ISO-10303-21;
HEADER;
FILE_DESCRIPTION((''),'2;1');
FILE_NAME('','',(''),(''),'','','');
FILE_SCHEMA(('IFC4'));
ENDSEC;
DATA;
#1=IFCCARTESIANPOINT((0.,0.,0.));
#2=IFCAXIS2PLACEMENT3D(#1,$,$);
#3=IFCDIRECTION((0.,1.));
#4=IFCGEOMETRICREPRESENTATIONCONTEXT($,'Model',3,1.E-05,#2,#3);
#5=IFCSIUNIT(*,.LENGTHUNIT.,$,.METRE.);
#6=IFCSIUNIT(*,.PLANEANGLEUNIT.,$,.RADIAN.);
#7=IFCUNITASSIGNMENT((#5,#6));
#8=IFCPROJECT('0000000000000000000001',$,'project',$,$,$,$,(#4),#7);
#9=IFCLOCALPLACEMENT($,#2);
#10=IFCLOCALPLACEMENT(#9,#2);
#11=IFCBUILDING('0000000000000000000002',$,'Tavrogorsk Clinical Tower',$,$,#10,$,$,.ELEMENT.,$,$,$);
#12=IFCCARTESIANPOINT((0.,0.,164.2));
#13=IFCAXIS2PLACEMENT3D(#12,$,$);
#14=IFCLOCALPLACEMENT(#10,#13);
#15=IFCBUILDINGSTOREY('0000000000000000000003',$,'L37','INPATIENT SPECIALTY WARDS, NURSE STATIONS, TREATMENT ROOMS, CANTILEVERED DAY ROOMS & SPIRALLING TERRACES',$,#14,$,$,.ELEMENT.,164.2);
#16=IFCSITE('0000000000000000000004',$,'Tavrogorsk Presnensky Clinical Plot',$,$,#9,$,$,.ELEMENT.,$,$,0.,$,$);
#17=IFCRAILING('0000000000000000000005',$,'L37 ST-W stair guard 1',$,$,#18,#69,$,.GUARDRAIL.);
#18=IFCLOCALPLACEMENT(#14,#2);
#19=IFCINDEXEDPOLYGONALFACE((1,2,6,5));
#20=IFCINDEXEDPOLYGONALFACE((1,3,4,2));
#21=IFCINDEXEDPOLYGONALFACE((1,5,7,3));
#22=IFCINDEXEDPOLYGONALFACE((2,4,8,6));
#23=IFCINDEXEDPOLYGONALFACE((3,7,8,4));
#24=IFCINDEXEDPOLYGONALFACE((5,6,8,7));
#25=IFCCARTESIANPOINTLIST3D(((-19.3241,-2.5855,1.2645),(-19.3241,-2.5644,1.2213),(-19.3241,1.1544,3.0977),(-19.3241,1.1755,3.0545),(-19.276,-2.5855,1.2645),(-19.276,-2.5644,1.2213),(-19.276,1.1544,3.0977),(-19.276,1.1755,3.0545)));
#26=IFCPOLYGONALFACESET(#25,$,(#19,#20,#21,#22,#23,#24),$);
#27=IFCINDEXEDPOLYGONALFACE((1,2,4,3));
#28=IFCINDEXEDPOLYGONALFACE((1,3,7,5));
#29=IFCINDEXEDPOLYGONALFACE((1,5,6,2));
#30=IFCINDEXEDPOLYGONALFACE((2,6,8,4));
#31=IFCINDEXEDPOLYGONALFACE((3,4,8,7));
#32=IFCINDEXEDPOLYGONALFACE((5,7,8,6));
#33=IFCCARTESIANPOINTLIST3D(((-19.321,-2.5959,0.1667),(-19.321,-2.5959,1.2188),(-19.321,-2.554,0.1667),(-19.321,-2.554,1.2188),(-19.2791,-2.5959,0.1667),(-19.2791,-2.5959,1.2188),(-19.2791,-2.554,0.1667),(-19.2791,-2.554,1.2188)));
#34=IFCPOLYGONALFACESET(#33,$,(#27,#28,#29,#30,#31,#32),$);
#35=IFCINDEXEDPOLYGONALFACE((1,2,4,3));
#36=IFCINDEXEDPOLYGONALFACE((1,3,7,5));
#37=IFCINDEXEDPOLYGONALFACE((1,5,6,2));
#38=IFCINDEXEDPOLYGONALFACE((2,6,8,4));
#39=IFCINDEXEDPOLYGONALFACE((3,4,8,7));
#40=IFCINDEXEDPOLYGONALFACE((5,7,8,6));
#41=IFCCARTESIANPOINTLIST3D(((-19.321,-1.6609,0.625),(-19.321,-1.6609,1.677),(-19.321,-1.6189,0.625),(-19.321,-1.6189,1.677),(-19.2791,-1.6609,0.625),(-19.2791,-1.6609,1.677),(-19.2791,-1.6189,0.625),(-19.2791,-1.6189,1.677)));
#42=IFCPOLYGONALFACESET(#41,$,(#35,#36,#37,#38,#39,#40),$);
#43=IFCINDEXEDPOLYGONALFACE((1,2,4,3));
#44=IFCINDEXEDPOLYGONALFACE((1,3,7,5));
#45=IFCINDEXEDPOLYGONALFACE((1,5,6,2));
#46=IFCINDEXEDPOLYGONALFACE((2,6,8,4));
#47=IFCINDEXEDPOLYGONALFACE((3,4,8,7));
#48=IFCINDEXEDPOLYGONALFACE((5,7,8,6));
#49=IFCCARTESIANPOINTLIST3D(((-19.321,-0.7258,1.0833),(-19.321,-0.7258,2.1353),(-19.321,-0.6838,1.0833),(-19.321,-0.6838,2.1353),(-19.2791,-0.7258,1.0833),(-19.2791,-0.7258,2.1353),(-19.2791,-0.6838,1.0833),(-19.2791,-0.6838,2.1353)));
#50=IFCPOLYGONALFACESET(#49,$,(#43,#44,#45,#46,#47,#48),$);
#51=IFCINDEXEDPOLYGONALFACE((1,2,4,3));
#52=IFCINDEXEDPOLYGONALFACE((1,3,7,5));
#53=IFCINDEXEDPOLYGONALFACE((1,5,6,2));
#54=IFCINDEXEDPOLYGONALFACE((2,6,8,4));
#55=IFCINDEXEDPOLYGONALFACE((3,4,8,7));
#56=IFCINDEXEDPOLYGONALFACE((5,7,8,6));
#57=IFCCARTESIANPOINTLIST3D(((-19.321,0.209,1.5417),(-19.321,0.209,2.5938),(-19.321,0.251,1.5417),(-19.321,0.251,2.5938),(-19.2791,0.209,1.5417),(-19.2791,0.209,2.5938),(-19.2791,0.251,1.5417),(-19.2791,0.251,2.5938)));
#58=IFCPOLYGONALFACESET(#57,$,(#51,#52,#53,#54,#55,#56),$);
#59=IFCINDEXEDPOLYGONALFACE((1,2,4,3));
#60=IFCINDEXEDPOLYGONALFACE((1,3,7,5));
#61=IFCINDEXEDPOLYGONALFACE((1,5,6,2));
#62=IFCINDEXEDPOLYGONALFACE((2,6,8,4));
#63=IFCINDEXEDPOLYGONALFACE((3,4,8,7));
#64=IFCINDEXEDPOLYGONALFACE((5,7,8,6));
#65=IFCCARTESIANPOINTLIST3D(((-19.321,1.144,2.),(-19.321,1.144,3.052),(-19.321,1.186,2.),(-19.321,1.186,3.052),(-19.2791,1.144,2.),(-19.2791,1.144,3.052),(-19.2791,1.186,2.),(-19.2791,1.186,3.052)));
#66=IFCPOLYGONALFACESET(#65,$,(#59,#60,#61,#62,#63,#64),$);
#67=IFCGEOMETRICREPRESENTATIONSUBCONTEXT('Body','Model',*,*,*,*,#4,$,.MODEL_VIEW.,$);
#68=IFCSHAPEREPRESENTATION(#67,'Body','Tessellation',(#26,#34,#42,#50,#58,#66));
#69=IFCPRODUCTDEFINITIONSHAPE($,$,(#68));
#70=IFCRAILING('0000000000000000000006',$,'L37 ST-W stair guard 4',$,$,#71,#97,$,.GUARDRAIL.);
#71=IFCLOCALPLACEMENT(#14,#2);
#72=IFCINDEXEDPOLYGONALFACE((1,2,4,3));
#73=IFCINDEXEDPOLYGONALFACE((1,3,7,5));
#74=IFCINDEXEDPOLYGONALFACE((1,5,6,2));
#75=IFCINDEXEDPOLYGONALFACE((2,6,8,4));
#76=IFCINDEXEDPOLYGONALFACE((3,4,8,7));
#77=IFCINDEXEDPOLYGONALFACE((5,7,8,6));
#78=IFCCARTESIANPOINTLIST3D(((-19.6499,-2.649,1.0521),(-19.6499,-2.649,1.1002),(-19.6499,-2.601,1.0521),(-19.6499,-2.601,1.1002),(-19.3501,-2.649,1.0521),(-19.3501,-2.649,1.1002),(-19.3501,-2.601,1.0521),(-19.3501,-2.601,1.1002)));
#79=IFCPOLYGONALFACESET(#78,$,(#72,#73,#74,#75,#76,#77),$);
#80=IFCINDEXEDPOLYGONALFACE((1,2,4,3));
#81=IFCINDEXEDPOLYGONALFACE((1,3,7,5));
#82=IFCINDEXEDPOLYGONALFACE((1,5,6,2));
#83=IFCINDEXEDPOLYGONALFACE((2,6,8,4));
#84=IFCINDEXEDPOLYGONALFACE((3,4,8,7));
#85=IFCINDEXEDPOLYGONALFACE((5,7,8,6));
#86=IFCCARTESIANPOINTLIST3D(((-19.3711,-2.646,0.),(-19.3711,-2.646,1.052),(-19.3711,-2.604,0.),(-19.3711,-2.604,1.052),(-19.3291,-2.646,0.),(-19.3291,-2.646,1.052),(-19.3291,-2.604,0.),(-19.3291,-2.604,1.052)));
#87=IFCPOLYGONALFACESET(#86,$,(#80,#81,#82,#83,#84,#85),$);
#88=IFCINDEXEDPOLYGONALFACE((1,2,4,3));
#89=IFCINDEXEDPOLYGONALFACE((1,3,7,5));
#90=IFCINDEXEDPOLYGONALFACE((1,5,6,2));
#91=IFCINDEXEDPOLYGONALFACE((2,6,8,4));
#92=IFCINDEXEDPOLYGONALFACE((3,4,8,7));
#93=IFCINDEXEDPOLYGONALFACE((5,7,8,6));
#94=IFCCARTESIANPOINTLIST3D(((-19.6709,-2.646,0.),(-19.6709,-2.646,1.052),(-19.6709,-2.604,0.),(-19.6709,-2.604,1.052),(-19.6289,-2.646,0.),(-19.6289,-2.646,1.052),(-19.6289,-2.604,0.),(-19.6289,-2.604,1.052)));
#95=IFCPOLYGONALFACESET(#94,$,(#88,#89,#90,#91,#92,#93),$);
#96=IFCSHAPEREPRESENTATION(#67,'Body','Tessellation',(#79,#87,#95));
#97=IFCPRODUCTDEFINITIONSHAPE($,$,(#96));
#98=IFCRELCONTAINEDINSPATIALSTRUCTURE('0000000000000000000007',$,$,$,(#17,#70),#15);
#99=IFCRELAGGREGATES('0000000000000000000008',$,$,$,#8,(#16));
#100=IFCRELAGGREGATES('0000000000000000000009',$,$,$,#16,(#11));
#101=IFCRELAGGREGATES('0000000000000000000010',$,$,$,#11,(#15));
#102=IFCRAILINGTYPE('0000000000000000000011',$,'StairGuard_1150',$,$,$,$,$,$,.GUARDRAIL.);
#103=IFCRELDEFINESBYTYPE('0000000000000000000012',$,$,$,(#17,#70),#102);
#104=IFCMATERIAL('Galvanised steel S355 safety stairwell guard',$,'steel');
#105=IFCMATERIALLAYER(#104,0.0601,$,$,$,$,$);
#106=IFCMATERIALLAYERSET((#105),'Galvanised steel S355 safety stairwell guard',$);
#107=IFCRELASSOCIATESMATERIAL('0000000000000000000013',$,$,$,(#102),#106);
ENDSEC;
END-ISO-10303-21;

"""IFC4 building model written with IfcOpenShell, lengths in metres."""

from ifc_helpers import new_model, si_unit, direction, frame, origin, origin_2d, place, context, subcontext, project, spatial, rectangle, extrude, material, layer, layer_set, type_object, element, save


model = new_model("IFC4")

# Units and contexts
model_context = context("Model", 3, precision=1e-05, world=origin(), true_north=direction((0.0, 1.0)))
body_context = subcontext(model_context, "Body", "Model", "MODEL_VIEW")
ifc_project = project(units=[si_unit("LENGTHUNIT", "METRE"), si_unit("PLANEANGLEUNIT", "RADIAN")], contexts=[model_context])

# Site, building, storey
site_placement = place(None, origin())
site = spatial("IfcSite", under=ifc_project, at=site_placement, Name="Tavrogorsk Presnensky Clinical Plot", CompositionType="ELEMENT", RefElevation=0.0)
building_placement = place(site_placement, origin())
building = spatial("IfcBuilding", under=site, at=building_placement, Name="Tavrogorsk Clinical Tower", CompositionType="ELEMENT")
storey_placement = place(building_placement, frame((0.0, 0.0, 164.2)))
storey = spatial("IfcBuildingStorey", under=building, at=storey_placement, Name="L37", Description="INPATIENT SPECIALTY WARDS, NURSE STATIONS, TREATMENT ROOMS, CANTILEVERED DAY ROOMS & SPIRALLING TERRACES", CompositionType="ELEMENT", Elevation=164.2)

# Railings
ifc_material_1 = material(Name="Galvanised steel S355 safety stairwell guard", Category="steel")
ifc_layer_1 = layer(ifc_material_1, 0.0601)
ifc_layer_set_1 = layer_set([ifc_layer_1], Name="Galvanised steel S355 safety stairwell guard")
railing_type = type_object("IfcRailingType", Name="StairGuard_1150", PredefinedType="GUARDRAIL", material=ifc_layer_set_1)
railing_1_placement = place(storey_placement, frame((-19.3, -2.575, 0.1667)))
element("IfcRailing", 1, at=railing_1_placement, inside=storey, type_object=railing_type, Name="L37 ST-W stair guard 1", PredefinedType="GUARDRAIL", context=body_context, shape_type="SweptSolid", body=[
    extrude(rectangle(XDim=0.0481, YDim=0.0481, at=origin_2d()), frame((0.0, 0.0, 1.0762), z_axis=(0.0, 0.897928, 0.440142), x_axis=(-1.0, 0.0, 0.0)), (0.0, 0.0, 1.0), 4.165),
    extrude(rectangle(XDim=0.042, YDim=0.042, at=origin_2d()), origin(), (0.0, 0.0, 1.0), 1.052),
    extrude(rectangle(XDim=0.042, YDim=0.042, at=origin_2d()), frame((0.0, 0.9351, 0.4583)), (0.0, 0.0, 1.0), 1.052),
    extrude(rectangle(XDim=0.042, YDim=0.042, at=origin_2d()), frame((0.0, 1.8701, 0.9165)), (0.0, 0.0, 1.0), 1.052),
    extrude(rectangle(XDim=0.042, YDim=0.042, at=origin_2d()), frame((0.0, 2.8049, 1.375)), (0.0, 0.0, 1.0), 1.052),
    extrude(rectangle(XDim=0.042, YDim=0.042, at=origin_2d()), frame((0.0, 3.74, 1.8333)), (0.0, 0.0, 1.0), 1.052),
])
railing_2_placement = place(storey_placement, frame((-19.3501, -2.625, 0.0)))
element("IfcRailing", 2, at=railing_2_placement, inside=storey, type_object=railing_type, Name="L37 ST-W stair guard 4", PredefinedType="GUARDRAIL", context=body_context, shape_type="SweptSolid", body=[
    extrude(rectangle(XDim=0.0481, YDim=0.0481, at=origin_2d()), frame((0.0, 0.0, 1.0762), z_axis=(-1.0, 0.0, 0.0), x_axis=(0.0, -1.0, 0.0)), (0.0, 0.0, 1.0), 0.2998),
    extrude(rectangle(XDim=0.042, YDim=0.042, at=origin_2d()), origin(), (0.0, 0.0, 1.0), 1.052),
    extrude(rectangle(XDim=0.042, YDim=0.042, at=origin_2d()), frame((-0.2998, 0.0, 0.0)), (0.0, 0.0, 1.0), 1.052),
])

save(model, "model.ifc")
